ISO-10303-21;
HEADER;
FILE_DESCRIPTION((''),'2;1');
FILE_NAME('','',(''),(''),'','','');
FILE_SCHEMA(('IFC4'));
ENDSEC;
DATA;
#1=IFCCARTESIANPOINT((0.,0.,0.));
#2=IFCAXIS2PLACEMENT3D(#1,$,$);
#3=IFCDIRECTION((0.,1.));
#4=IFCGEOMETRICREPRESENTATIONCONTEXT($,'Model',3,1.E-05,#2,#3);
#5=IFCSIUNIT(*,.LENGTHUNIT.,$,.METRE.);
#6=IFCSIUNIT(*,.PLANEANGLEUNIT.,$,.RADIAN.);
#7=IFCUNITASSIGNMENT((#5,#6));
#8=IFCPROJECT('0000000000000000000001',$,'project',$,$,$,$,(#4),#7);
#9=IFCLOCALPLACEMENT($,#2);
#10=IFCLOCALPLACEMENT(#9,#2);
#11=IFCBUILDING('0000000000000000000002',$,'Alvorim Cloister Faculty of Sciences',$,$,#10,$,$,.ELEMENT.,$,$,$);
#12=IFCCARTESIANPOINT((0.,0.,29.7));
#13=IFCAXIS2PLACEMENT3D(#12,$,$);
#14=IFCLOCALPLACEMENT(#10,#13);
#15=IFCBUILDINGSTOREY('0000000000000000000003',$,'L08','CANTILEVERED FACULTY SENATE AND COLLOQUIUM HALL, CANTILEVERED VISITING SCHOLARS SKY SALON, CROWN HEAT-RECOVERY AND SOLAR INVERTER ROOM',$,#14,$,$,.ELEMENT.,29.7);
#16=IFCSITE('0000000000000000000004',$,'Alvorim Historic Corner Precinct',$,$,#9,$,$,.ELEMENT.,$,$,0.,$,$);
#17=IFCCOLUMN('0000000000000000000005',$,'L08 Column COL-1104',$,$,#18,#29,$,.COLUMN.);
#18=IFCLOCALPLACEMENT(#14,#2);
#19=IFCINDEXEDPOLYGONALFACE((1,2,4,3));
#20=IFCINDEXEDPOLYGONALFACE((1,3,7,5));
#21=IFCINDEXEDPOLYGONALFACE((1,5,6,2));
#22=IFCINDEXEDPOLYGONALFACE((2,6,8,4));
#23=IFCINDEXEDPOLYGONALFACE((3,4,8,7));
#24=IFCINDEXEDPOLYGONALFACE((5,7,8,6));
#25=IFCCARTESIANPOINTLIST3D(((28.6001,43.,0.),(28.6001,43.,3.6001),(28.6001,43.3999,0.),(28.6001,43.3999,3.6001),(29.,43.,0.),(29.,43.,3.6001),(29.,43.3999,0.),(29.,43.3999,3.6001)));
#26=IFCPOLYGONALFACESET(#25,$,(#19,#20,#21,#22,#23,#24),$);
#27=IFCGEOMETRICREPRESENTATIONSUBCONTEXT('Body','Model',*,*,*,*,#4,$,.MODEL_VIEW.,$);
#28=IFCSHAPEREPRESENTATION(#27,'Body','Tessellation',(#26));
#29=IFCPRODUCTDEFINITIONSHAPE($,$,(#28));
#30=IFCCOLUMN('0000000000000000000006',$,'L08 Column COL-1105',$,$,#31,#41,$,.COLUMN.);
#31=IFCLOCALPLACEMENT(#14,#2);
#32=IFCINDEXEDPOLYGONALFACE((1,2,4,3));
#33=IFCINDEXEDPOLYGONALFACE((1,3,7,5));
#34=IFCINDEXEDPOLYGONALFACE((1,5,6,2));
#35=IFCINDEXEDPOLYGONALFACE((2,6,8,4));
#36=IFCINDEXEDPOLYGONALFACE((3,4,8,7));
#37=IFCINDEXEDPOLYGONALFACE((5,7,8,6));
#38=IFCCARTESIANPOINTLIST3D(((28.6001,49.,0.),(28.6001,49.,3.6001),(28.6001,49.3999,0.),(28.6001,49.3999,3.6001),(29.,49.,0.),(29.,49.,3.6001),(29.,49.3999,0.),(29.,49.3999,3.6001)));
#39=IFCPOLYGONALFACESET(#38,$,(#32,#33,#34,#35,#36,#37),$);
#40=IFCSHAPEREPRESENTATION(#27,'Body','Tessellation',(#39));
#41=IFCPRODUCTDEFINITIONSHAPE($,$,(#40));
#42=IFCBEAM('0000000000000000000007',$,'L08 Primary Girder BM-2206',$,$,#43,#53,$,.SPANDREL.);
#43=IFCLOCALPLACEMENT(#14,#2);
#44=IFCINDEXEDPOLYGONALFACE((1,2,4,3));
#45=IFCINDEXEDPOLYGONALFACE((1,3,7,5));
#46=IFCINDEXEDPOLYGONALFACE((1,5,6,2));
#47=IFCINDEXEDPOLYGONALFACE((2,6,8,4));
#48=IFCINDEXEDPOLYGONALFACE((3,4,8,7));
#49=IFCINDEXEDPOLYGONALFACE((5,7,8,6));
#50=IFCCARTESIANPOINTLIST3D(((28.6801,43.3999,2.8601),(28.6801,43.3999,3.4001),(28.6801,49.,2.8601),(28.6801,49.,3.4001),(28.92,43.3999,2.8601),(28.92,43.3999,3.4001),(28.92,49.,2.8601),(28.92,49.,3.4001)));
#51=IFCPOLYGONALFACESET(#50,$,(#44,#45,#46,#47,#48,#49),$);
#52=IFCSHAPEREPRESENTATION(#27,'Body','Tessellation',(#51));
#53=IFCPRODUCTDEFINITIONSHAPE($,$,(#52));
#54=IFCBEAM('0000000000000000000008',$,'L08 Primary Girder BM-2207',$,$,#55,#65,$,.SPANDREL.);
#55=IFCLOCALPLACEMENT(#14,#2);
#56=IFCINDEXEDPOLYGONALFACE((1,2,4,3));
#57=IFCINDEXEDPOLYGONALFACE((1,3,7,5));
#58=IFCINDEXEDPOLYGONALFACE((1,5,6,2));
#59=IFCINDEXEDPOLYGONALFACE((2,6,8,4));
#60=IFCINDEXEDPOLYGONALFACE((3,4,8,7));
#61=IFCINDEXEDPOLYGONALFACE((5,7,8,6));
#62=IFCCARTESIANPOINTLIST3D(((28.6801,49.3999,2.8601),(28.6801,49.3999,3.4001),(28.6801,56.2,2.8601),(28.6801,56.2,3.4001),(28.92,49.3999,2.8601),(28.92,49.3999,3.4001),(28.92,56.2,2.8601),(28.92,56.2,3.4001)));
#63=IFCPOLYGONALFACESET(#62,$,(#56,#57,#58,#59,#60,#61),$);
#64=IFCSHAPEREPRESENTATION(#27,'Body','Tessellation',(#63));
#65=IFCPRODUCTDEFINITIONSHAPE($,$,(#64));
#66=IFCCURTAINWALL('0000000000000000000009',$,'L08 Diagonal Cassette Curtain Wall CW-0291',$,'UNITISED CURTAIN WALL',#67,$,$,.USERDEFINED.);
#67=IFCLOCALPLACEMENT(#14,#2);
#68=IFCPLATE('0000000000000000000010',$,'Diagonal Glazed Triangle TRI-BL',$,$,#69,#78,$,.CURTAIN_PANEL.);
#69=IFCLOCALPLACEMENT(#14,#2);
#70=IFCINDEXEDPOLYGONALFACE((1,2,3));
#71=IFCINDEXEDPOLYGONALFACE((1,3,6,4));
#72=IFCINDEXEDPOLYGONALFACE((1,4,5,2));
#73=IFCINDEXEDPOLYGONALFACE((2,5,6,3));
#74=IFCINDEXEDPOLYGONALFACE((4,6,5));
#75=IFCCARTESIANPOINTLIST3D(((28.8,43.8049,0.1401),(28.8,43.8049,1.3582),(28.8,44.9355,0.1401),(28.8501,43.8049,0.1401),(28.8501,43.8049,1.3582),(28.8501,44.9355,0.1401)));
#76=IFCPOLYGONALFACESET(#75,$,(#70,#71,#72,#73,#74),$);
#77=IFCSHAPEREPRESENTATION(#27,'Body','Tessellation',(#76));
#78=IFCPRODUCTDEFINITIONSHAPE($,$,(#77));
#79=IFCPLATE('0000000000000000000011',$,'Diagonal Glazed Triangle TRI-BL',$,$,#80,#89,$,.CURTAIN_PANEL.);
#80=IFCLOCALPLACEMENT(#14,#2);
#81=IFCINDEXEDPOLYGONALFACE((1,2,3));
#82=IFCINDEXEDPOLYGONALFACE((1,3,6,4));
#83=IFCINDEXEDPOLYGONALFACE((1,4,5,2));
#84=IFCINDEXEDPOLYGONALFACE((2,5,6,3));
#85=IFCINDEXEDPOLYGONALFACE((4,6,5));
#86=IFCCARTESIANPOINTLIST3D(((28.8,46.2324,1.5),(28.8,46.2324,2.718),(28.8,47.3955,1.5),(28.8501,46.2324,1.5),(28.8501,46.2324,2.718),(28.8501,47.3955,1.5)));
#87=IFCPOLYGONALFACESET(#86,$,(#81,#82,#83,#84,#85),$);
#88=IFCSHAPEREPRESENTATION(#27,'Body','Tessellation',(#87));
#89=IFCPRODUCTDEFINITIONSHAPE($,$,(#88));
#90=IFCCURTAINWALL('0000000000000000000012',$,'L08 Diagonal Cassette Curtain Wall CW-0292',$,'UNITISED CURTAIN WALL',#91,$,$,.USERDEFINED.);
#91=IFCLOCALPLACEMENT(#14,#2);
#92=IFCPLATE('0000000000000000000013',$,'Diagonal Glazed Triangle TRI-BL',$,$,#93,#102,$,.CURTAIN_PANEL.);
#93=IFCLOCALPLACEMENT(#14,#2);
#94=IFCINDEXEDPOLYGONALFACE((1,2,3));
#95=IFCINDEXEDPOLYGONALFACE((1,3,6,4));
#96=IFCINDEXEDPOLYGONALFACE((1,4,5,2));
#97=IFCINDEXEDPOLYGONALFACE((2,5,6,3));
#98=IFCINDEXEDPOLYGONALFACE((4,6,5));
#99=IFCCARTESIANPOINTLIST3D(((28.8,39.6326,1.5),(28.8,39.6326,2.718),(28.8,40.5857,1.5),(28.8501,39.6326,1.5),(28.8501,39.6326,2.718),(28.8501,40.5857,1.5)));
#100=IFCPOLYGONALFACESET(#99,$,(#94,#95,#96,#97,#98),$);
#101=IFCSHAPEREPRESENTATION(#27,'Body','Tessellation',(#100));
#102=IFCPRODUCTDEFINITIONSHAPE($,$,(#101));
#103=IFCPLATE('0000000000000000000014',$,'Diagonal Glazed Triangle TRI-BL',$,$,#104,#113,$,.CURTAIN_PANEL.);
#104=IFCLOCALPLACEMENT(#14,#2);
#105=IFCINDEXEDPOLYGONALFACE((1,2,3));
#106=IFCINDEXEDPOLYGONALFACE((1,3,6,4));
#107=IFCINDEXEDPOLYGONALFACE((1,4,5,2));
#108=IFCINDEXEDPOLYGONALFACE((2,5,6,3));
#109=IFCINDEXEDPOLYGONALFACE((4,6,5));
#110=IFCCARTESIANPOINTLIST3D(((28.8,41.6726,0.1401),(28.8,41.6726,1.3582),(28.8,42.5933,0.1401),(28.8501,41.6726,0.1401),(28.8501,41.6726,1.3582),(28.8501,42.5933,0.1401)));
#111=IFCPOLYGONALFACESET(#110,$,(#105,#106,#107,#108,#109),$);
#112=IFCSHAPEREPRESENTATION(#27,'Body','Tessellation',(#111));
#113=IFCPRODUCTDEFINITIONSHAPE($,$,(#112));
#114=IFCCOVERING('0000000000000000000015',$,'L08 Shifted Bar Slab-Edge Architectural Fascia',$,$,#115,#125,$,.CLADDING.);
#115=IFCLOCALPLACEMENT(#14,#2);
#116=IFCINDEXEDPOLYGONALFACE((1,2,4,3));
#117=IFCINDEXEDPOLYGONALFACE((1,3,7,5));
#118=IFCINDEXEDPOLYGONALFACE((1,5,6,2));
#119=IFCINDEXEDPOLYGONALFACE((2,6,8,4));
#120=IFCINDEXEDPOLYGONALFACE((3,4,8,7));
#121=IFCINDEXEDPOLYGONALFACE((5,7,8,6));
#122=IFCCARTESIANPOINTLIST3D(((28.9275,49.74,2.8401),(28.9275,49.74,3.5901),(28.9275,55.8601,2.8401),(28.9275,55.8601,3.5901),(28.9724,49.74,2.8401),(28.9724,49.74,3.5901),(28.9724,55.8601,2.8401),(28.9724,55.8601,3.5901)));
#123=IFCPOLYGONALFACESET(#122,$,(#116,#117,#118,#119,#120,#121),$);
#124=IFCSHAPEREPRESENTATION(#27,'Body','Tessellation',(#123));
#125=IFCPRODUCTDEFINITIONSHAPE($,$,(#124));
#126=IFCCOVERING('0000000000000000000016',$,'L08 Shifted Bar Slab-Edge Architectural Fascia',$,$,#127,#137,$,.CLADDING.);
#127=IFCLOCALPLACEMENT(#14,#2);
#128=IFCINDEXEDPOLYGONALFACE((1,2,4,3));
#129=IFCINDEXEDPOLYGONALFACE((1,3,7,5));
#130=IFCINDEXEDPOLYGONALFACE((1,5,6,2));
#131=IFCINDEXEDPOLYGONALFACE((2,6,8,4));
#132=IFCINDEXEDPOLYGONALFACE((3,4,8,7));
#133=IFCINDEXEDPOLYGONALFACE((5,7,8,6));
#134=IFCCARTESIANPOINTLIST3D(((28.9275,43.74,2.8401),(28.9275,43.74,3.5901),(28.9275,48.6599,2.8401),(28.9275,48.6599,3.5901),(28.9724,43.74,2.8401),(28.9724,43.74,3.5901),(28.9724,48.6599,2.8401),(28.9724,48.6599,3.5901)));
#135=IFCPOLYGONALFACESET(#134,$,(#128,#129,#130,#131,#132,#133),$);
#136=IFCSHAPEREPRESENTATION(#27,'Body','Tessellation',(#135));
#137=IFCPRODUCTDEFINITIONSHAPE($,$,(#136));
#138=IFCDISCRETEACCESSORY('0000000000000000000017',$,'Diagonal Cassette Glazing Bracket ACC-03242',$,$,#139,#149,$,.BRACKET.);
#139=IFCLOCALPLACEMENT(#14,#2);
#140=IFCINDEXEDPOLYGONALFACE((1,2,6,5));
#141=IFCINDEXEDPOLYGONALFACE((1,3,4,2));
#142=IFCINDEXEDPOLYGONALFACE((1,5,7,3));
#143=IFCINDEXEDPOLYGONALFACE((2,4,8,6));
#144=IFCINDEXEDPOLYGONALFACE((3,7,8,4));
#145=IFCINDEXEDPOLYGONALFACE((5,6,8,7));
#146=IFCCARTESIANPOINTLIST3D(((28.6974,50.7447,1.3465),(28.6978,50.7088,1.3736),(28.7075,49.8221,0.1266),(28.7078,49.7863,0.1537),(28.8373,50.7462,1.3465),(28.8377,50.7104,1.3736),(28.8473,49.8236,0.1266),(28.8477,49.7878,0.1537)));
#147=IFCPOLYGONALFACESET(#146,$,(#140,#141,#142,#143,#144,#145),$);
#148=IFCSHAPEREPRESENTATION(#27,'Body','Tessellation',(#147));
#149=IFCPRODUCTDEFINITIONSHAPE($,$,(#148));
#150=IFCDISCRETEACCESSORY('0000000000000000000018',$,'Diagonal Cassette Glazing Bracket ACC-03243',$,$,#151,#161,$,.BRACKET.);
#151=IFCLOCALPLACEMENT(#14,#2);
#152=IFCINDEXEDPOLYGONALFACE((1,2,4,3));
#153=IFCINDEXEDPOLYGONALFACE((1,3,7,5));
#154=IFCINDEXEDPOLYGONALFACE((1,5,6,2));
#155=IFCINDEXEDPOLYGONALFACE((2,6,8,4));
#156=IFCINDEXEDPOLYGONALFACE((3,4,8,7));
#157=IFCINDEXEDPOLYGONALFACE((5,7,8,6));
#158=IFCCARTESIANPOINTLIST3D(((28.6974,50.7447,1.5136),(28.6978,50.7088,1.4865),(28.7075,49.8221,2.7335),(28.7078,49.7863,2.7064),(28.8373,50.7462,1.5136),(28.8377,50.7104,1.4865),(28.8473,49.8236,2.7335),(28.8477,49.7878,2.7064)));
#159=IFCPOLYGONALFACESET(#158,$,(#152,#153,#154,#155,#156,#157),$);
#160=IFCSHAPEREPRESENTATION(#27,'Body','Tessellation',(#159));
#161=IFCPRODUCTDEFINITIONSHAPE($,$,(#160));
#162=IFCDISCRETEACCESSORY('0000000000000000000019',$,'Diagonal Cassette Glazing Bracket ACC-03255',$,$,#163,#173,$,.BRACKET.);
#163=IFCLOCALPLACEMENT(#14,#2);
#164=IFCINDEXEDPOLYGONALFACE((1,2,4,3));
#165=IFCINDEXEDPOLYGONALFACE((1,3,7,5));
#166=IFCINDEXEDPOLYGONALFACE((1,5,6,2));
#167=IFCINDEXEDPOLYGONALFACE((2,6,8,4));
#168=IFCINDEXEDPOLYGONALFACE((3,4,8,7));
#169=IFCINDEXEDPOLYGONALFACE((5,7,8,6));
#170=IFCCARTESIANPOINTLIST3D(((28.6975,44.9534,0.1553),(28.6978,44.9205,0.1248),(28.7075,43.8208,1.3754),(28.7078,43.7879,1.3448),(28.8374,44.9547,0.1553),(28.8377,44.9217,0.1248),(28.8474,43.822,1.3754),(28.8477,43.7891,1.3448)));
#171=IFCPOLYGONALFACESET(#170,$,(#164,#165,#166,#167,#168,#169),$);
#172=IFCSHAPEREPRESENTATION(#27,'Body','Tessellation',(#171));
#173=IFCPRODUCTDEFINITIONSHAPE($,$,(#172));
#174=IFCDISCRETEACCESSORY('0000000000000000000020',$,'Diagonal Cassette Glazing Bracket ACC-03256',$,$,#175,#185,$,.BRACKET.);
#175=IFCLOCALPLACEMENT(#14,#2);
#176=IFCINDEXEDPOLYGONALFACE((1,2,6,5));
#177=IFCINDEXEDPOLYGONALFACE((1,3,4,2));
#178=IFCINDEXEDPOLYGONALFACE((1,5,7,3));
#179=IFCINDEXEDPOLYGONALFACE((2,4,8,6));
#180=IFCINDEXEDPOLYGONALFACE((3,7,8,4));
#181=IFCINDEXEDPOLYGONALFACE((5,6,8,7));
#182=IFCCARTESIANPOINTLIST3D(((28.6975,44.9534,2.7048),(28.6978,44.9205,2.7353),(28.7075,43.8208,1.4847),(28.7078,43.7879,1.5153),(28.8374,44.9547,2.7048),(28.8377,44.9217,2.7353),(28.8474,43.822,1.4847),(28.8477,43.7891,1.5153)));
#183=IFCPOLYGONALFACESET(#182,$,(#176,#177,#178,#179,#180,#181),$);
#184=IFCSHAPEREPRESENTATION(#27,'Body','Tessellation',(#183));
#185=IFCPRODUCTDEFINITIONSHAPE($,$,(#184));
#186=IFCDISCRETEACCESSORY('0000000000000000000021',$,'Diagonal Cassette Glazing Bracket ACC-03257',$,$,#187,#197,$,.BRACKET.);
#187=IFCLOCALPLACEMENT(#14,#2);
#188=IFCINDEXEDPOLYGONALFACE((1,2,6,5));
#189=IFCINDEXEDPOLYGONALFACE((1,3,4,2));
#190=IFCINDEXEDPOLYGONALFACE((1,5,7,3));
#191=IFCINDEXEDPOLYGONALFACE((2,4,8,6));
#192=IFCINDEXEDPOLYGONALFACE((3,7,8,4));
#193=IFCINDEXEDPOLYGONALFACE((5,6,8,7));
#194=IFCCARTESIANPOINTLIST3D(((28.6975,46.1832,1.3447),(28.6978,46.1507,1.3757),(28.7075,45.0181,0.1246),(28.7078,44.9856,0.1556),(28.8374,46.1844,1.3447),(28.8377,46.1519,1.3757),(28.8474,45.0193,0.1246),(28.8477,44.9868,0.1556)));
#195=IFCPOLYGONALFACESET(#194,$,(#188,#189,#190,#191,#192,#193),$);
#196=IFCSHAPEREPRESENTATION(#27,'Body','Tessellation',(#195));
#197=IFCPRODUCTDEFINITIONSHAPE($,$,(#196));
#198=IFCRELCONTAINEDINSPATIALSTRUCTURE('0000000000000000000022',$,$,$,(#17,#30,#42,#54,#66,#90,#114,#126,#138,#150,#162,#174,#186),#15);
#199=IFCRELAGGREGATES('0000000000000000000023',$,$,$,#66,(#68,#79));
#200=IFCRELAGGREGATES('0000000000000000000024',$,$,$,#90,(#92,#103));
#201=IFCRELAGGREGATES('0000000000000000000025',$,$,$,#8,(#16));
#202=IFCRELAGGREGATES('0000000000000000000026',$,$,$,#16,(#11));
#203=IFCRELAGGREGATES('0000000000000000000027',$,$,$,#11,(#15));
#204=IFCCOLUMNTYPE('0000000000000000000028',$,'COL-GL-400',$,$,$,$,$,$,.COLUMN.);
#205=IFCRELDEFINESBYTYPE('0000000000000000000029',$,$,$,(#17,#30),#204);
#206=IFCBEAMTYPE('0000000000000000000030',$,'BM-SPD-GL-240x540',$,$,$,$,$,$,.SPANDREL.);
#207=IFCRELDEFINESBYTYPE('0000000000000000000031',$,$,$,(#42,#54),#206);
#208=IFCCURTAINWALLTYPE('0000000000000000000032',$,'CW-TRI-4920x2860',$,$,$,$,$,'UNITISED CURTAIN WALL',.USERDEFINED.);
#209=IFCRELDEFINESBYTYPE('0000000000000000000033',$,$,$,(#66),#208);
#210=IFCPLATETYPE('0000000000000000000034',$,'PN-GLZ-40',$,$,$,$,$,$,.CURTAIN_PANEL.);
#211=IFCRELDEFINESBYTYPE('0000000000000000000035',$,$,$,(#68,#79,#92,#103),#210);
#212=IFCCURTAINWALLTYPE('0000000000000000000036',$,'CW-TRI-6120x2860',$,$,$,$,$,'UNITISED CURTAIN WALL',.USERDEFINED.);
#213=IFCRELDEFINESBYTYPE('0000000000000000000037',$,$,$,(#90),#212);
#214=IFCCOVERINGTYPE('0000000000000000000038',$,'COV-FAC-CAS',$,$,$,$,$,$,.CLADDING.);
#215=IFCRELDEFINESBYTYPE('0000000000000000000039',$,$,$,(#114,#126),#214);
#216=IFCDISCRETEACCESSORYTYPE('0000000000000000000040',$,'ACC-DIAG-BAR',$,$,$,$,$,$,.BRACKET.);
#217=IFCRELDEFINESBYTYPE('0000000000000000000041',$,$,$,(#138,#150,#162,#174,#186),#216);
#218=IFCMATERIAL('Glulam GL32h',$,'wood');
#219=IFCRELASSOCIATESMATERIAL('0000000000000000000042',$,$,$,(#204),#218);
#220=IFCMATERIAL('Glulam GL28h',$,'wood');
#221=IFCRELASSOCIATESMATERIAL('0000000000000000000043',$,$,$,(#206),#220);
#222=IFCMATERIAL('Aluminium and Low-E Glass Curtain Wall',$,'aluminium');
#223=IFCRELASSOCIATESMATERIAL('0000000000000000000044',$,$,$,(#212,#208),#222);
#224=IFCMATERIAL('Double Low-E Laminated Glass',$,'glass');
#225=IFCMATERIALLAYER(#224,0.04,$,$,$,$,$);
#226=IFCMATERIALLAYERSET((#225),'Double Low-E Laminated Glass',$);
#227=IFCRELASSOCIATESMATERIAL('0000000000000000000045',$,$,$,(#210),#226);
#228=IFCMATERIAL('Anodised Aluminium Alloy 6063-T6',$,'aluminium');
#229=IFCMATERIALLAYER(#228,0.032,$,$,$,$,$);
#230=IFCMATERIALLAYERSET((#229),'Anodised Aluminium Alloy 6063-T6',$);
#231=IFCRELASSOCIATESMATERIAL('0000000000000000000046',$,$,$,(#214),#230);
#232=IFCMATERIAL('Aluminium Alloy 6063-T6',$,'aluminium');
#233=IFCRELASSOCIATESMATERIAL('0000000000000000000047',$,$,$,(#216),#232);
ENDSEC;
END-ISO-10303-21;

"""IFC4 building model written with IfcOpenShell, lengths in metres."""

from ifc_helpers import new_model, si_unit, direction, frame, origin, origin_2d, place, context, subcontext, project, spatial, polyline, rectangle, outline, extrude, material, layer, layer_set, material_profile, profile_set, type_object, element, aggregate, save


model = new_model("IFC4")

# Units and contexts
model_context = context("Model", 3, precision=1e-05, world=origin(), true_north=direction((0.0, 1.0)))
body_context = subcontext(model_context, "Body", "Model", "MODEL_VIEW")
ifc_project = project(units=[si_unit("LENGTHUNIT", "METRE"), si_unit("PLANEANGLEUNIT", "RADIAN")], contexts=[model_context])

# Site, building, storey
site_placement = place(None, origin())
site = spatial("IfcSite", under=ifc_project, at=site_placement, Name="Alvorim Historic Corner Precinct", CompositionType="ELEMENT", RefElevation=0.0)
building_placement = place(site_placement, origin())
building = spatial("IfcBuilding", under=site, at=building_placement, Name="Alvorim Cloister Faculty of Sciences", CompositionType="ELEMENT")
storey_placement = place(building_placement, frame((0.0, 0.0, 29.7)))
storey = spatial("IfcBuildingStorey", under=building, at=storey_placement, Name="L08", Description="CANTILEVERED FACULTY SENATE AND COLLOQUIUM HALL, CANTILEVERED VISITING SCHOLARS SKY SALON, CROWN HEAT-RECOVERY AND SOLAR INVERTER ROOM", CompositionType="ELEMENT", Elevation=29.7)

# Columns
ifc_material_1 = material(Name="Glulam GL32h", Category="wood")
ifc_material_profile_1 = material_profile(ifc_material_1, rectangle(XDim=0.3999, YDim=0.3999, at=origin_2d()), Name="GL32-COL-400x400")
ifc_profile_set_1 = profile_set([ifc_material_profile_1], Name="Glulam GL32h")
column_type = type_object("IfcColumnType", Name="COL-GL-400", PredefinedType="COLUMN", material=ifc_profile_set_1)
for number, where, z_axis, x_axis, name in (
    (1, (28.8, 43.2, 0.0), (0.0, 0.0, 1.0), (1.0, 0.0, 0.0), "L08 Column COL-1104"),
    (2, (28.8, 49.2, 0.0), (0.0, 0.0, 1.0), (1.0, 0.0, 0.0), "L08 Column COL-1105"),
):
    element("IfcColumn", number, at=place(storey_placement, frame(where, z_axis=z_axis, x_axis=x_axis)), inside=storey, type_object=column_type, Name=name, PredefinedType="COLUMN", context=body_context, shape_type="SweptSolid", body=[
        extrude(rectangle(XDim=0.3999, YDim=0.3999, at=origin_2d()), origin(), (0.0, 0.0, 1.0), 3.6001),
    ])

# Beams
ifc_material_2 = material(Name="Glulam GL28h", Category="wood")
ifc_material_profile_2 = material_profile(ifc_material_2, rectangle(XDim=0.24, YDim=0.54, at=origin_2d()), Name="GL28-SPD-240x540")
ifc_profile_set_2 = profile_set([ifc_material_profile_2], Name="Glulam GL28h")
beam_type = type_object("IfcBeamType", Name="BM-SPD-GL-240x540", PredefinedType="SPANDREL", material=ifc_profile_set_2)
beam_1_placement = place(storey_placement, frame((28.8, 43.3999, 3.1301), z_axis=(0.0, 1.0, 0.0), x_axis=(-1.0, 0.0, 0.0)))
element("IfcBeam", 3, at=beam_1_placement, inside=storey, type_object=beam_type, Name="L08 Primary Girder BM-2206", PredefinedType="SPANDREL", context=body_context, shape_type="SweptSolid", body=[
    extrude(rectangle(XDim=0.24, YDim=0.54, at=origin_2d()), origin(), (0.0, 0.0, 1.0), 5.6001),
])
beam_2_placement = place(storey_placement, frame((28.8, 49.3999, 3.1301), z_axis=(0.0, 1.0, 0.0), x_axis=(-1.0, 0.0, 0.0)))
element("IfcBeam", 4, at=beam_2_placement, inside=storey, type_object=beam_type, Name="L08 Primary Girder BM-2207", PredefinedType="SPANDREL", context=body_context, shape_type="SweptSolid", body=[
    extrude(rectangle(XDim=0.24, YDim=0.54, at=origin_2d()), origin(), (0.0, 0.0, 1.0), 6.8),
])

# Shared definitions
ifc_material_3 = material(Name="Aluminium and Low-E Glass Curtain Wall", Category="aluminium")
curtain_wall_type_1 = type_object("IfcCurtainWallType", Name="CW-TRI-6120x2860", ElementType="UNITISED CURTAIN WALL", PredefinedType="USERDEFINED", material=ifc_material_3)
ifc_material_4 = material(Name="Double Low-E Laminated Glass", Category="glass")
ifc_layer_1 = layer(ifc_material_4, 0.04)
ifc_layer_set_1 = layer_set([ifc_layer_1], Name="Double Low-E Laminated Glass")
plate_type = type_object("IfcPlateType", Name="PN-GLZ-40", PredefinedType="CURTAIN_PANEL", material=ifc_layer_set_1)

# Curtain walls, plates
curtain_wall_type_2 = type_object("IfcCurtainWallType", Name="CW-TRI-4920x2860", ElementType="UNITISED CURTAIN WALL", PredefinedType="USERDEFINED", material=ifc_material_3)
curtain_wall_1_placement = place(storey_placement, origin())
curtain_wall_1 = element("IfcCurtainWall", 5, at=curtain_wall_1_placement, inside=storey, type_object=curtain_wall_type_2, Name="L08 Diagonal Cassette Curtain Wall CW-0291", ObjectType="UNITISED CURTAIN WALL", PredefinedType="USERDEFINED")
plate_1_placement = place(storey_placement, frame((28.825, 43.8049, 0.1401), z_axis=(0.0, 0.0, 1.0), x_axis=(0.0, 1.0, 0.0)))
plate_1 = element("IfcPlate", 6, at=plate_1_placement, type_object=plate_type, Name="Diagonal Glazed Triangle TRI-BL", PredefinedType="CURTAIN_PANEL", context=body_context, shape_type="SweptSolid", body=[
    extrude(outline(polyline([(0.0, 0.0), (1.1306, 0.0), (0.0, 1.218), (0.0, 0.0)])), frame((0.0, 0.0249, 0.0), z_axis=(0.0, -1.0, 0.0), x_axis=(1.0, 0.0, 0.0)), (0.0, 0.0, 1.0), 0.05),
])
plate_2_placement = place(storey_placement, frame((28.825, 46.2324, 1.5), z_axis=(0.0, 0.0, 1.0), x_axis=(0.0, 1.0, 0.0)))
plate_2 = element("IfcPlate", 7, at=plate_2_placement, type_object=plate_type, Name="Diagonal Glazed Triangle TRI-BL", PredefinedType="CURTAIN_PANEL", context=body_context, shape_type="SweptSolid", body=[
    extrude(outline(polyline([(0.0, 0.0), (1.1631, 0.0), (0.0, 1.218), (0.0, 0.0)])), frame((0.0, 0.0249, 0.0), z_axis=(0.0, -1.0, 0.0), x_axis=(1.0, 0.0, 0.0)), (0.0, 0.0, 1.0), 0.05),
])
aggregate(curtain_wall_1, [plate_1, plate_2])
curtain_wall_2_placement = place(storey_placement, origin())
curtain_wall_2 = element("IfcCurtainWall", 8, at=curtain_wall_2_placement, inside=storey, type_object=curtain_wall_type_1, Name="L08 Diagonal Cassette Curtain Wall CW-0292", ObjectType="UNITISED CURTAIN WALL", PredefinedType="USERDEFINED")
plate_3_placement = place(storey_placement, frame((28.825, 39.6326, 1.5), z_axis=(0.0, 0.0, 1.0), x_axis=(0.0, 1.0, 0.0)))
plate_3 = element("IfcPlate", 9, at=plate_3_placement, type_object=plate_type, Name="Diagonal Glazed Triangle TRI-BL", PredefinedType="CURTAIN_PANEL", context=body_context, shape_type="SweptSolid", body=[
    extrude(outline(polyline([(0.0, 0.0), (0.9531, 0.0), (0.0, 1.218), (0.0, 0.0)])), frame((0.0, 0.0249, 0.0), z_axis=(0.0, -1.0, 0.0), x_axis=(1.0, 0.0, 0.0)), (0.0, 0.0, 1.0), 0.05),
])
plate_4_placement = place(storey_placement, frame((28.825, 41.6726, 0.1401), z_axis=(0.0, 0.0, 1.0), x_axis=(0.0, 1.0, 0.0)))
plate_4 = element("IfcPlate", 10, at=plate_4_placement, type_object=plate_type, Name="Diagonal Glazed Triangle TRI-BL", PredefinedType="CURTAIN_PANEL", context=body_context, shape_type="SweptSolid", body=[
    extrude(outline(polyline([(0.0, 0.0), (0.9207, 0.0), (0.0, 1.218), (0.0, 0.0)])), frame((0.0, 0.0249, 0.0), z_axis=(0.0, -1.0, 0.0), x_axis=(1.0, 0.0, 0.0)), (0.0, 0.0, 1.0), 0.05),
])
aggregate(curtain_wall_2, [plate_3, plate_4])

# Coverings
ifc_material_5 = material(Name="Anodised Aluminium Alloy 6063-T6", Category="aluminium")
ifc_layer_2 = layer(ifc_material_5, 0.032)
ifc_layer_set_2 = layer_set([ifc_layer_2], Name="Anodised Aluminium Alloy 6063-T6")
covering_type = type_object("IfcCoveringType", Name="COV-FAC-CAS", PredefinedType="CLADDING", material=ifc_layer_set_2)
covering_1_placement = place(storey_placement, frame((28.95, 49.74, 2.8401), z_axis=(0.0, 0.0, 1.0), x_axis=(0.0, 1.0, 0.0)))
element("IfcCovering", 11, at=covering_1_placement, inside=storey, type_object=covering_type, Name="L08 Shifted Bar Slab-Edge Architectural Fascia", PredefinedType="CLADDING", context=body_context, shape_type="SweptSolid", body=[
    extrude(outline(polyline([(0.0, 0.0), (6.1201, 0.0), (6.1201, 0.75), (0.0, 0.75), (0.0, 0.0)])), frame((0.0, 0.0225, 0.0), z_axis=(0.0, -1.0, 0.0), x_axis=(1.0, 0.0, 0.0)), (0.0, 0.0, 1.0), 0.0449),
])
covering_2_placement = place(storey_placement, frame((28.95, 43.74, 2.8401), z_axis=(0.0, 0.0, 1.0), x_axis=(0.0, 1.0, 0.0)))
element("IfcCovering", 12, at=covering_2_placement, inside=storey, type_object=covering_type, Name="L08 Shifted Bar Slab-Edge Architectural Fascia", PredefinedType="CLADDING", context=body_context, shape_type="SweptSolid", body=[
    extrude(outline(polyline([(0.0, 0.0), (4.9199, 0.0), (4.9199, 0.75), (0.0, 0.75), (0.0, 0.0)])), frame((0.0, 0.0225, 0.0), z_axis=(0.0, -1.0, 0.0), x_axis=(1.0, 0.0, 0.0)), (0.0, 0.0, 1.0), 0.0449),
])

# Discrete accessories
ifc_material_6 = material(Name="Aluminium Alloy 6063-T6", Category="aluminium")
discrete_accessory_type = type_object("IfcDiscreteAccessoryType", Name="ACC-DIAG-BAR", PredefinedType="BRACKET", material=ifc_material_6)
for number, where, z_axis, x_axis, name in (
    (13, (28.7776, 49.8049, 0.1401), (-0.006544, 0.603175, 0.797582), (-0.999941, -0.010849, 0.0), "Diagonal Cassette Glazing Bracket ACC-03242"),
    (14, (28.7776, 49.8049, 2.72), (-0.006544, 0.603175, -0.797582), (-0.999941, -0.010849, 0.0), "Diagonal Cassette Glazing Bracket ACC-03243"),
):
    element("IfcDiscreteAccessory", number, at=place(storey_placement, frame(where, z_axis=z_axis, x_axis=x_axis)), inside=storey, type_object=discrete_accessory_type, Name=name, PredefinedType="BRACKET", context=body_context, shape_type="SweptSolid", body=[
        extrude(rectangle(XDim=0.1399, YDim=0.0449, at=origin_2d()), origin(), (0.0, 0.0, 1.0), 1.5295),
    ])
for number, where, z_axis, x_axis, name in (
    (15, (28.7776, 43.8049, 1.3601), (-0.006013, 0.680354, -0.732859), (-0.999961, -0.008838, 0.0), "Diagonal Cassette Glazing Bracket ACC-03255"),
    (16, (28.7776, 43.8049, 1.5), (-0.006013, 0.680354, 0.732859), (-0.999961, -0.008838, 0.0), "Diagonal Cassette Glazing Bracket ACC-03256"),
):
    element("IfcDiscreteAccessory", number, at=place(storey_placement, frame(where, z_axis=z_axis, x_axis=x_axis)), inside=storey, type_object=discrete_accessory_type, Name=name, PredefinedType="BRACKET", context=body_context, shape_type="SweptSolid", body=[
        extrude(rectangle(XDim=0.1399, YDim=0.0449, at=origin_2d()), origin(), (0.0, 0.0, 1.0), 1.6648),
    ])
for number, where, z_axis, x_axis, name in (
    (17, (28.7776, 45.0024, 0.1401), (-0.005934, 0.690625, 0.723188), (-0.999963, -0.008591, 0.0), "Diagonal Cassette Glazing Bracket ACC-03257"),
):
    element("IfcDiscreteAccessory", number, at=place(storey_placement, frame(where, z_axis=z_axis, x_axis=x_axis)), inside=storey, type_object=discrete_accessory_type, Name=name, PredefinedType="BRACKET", context=body_context, shape_type="SweptSolid", body=[
        extrude(rectangle(XDim=0.1399, YDim=0.0449, at=origin_2d()), origin(), (0.0, 0.0, 1.0), 1.687),
    ])

save(model, "model.ifc")
